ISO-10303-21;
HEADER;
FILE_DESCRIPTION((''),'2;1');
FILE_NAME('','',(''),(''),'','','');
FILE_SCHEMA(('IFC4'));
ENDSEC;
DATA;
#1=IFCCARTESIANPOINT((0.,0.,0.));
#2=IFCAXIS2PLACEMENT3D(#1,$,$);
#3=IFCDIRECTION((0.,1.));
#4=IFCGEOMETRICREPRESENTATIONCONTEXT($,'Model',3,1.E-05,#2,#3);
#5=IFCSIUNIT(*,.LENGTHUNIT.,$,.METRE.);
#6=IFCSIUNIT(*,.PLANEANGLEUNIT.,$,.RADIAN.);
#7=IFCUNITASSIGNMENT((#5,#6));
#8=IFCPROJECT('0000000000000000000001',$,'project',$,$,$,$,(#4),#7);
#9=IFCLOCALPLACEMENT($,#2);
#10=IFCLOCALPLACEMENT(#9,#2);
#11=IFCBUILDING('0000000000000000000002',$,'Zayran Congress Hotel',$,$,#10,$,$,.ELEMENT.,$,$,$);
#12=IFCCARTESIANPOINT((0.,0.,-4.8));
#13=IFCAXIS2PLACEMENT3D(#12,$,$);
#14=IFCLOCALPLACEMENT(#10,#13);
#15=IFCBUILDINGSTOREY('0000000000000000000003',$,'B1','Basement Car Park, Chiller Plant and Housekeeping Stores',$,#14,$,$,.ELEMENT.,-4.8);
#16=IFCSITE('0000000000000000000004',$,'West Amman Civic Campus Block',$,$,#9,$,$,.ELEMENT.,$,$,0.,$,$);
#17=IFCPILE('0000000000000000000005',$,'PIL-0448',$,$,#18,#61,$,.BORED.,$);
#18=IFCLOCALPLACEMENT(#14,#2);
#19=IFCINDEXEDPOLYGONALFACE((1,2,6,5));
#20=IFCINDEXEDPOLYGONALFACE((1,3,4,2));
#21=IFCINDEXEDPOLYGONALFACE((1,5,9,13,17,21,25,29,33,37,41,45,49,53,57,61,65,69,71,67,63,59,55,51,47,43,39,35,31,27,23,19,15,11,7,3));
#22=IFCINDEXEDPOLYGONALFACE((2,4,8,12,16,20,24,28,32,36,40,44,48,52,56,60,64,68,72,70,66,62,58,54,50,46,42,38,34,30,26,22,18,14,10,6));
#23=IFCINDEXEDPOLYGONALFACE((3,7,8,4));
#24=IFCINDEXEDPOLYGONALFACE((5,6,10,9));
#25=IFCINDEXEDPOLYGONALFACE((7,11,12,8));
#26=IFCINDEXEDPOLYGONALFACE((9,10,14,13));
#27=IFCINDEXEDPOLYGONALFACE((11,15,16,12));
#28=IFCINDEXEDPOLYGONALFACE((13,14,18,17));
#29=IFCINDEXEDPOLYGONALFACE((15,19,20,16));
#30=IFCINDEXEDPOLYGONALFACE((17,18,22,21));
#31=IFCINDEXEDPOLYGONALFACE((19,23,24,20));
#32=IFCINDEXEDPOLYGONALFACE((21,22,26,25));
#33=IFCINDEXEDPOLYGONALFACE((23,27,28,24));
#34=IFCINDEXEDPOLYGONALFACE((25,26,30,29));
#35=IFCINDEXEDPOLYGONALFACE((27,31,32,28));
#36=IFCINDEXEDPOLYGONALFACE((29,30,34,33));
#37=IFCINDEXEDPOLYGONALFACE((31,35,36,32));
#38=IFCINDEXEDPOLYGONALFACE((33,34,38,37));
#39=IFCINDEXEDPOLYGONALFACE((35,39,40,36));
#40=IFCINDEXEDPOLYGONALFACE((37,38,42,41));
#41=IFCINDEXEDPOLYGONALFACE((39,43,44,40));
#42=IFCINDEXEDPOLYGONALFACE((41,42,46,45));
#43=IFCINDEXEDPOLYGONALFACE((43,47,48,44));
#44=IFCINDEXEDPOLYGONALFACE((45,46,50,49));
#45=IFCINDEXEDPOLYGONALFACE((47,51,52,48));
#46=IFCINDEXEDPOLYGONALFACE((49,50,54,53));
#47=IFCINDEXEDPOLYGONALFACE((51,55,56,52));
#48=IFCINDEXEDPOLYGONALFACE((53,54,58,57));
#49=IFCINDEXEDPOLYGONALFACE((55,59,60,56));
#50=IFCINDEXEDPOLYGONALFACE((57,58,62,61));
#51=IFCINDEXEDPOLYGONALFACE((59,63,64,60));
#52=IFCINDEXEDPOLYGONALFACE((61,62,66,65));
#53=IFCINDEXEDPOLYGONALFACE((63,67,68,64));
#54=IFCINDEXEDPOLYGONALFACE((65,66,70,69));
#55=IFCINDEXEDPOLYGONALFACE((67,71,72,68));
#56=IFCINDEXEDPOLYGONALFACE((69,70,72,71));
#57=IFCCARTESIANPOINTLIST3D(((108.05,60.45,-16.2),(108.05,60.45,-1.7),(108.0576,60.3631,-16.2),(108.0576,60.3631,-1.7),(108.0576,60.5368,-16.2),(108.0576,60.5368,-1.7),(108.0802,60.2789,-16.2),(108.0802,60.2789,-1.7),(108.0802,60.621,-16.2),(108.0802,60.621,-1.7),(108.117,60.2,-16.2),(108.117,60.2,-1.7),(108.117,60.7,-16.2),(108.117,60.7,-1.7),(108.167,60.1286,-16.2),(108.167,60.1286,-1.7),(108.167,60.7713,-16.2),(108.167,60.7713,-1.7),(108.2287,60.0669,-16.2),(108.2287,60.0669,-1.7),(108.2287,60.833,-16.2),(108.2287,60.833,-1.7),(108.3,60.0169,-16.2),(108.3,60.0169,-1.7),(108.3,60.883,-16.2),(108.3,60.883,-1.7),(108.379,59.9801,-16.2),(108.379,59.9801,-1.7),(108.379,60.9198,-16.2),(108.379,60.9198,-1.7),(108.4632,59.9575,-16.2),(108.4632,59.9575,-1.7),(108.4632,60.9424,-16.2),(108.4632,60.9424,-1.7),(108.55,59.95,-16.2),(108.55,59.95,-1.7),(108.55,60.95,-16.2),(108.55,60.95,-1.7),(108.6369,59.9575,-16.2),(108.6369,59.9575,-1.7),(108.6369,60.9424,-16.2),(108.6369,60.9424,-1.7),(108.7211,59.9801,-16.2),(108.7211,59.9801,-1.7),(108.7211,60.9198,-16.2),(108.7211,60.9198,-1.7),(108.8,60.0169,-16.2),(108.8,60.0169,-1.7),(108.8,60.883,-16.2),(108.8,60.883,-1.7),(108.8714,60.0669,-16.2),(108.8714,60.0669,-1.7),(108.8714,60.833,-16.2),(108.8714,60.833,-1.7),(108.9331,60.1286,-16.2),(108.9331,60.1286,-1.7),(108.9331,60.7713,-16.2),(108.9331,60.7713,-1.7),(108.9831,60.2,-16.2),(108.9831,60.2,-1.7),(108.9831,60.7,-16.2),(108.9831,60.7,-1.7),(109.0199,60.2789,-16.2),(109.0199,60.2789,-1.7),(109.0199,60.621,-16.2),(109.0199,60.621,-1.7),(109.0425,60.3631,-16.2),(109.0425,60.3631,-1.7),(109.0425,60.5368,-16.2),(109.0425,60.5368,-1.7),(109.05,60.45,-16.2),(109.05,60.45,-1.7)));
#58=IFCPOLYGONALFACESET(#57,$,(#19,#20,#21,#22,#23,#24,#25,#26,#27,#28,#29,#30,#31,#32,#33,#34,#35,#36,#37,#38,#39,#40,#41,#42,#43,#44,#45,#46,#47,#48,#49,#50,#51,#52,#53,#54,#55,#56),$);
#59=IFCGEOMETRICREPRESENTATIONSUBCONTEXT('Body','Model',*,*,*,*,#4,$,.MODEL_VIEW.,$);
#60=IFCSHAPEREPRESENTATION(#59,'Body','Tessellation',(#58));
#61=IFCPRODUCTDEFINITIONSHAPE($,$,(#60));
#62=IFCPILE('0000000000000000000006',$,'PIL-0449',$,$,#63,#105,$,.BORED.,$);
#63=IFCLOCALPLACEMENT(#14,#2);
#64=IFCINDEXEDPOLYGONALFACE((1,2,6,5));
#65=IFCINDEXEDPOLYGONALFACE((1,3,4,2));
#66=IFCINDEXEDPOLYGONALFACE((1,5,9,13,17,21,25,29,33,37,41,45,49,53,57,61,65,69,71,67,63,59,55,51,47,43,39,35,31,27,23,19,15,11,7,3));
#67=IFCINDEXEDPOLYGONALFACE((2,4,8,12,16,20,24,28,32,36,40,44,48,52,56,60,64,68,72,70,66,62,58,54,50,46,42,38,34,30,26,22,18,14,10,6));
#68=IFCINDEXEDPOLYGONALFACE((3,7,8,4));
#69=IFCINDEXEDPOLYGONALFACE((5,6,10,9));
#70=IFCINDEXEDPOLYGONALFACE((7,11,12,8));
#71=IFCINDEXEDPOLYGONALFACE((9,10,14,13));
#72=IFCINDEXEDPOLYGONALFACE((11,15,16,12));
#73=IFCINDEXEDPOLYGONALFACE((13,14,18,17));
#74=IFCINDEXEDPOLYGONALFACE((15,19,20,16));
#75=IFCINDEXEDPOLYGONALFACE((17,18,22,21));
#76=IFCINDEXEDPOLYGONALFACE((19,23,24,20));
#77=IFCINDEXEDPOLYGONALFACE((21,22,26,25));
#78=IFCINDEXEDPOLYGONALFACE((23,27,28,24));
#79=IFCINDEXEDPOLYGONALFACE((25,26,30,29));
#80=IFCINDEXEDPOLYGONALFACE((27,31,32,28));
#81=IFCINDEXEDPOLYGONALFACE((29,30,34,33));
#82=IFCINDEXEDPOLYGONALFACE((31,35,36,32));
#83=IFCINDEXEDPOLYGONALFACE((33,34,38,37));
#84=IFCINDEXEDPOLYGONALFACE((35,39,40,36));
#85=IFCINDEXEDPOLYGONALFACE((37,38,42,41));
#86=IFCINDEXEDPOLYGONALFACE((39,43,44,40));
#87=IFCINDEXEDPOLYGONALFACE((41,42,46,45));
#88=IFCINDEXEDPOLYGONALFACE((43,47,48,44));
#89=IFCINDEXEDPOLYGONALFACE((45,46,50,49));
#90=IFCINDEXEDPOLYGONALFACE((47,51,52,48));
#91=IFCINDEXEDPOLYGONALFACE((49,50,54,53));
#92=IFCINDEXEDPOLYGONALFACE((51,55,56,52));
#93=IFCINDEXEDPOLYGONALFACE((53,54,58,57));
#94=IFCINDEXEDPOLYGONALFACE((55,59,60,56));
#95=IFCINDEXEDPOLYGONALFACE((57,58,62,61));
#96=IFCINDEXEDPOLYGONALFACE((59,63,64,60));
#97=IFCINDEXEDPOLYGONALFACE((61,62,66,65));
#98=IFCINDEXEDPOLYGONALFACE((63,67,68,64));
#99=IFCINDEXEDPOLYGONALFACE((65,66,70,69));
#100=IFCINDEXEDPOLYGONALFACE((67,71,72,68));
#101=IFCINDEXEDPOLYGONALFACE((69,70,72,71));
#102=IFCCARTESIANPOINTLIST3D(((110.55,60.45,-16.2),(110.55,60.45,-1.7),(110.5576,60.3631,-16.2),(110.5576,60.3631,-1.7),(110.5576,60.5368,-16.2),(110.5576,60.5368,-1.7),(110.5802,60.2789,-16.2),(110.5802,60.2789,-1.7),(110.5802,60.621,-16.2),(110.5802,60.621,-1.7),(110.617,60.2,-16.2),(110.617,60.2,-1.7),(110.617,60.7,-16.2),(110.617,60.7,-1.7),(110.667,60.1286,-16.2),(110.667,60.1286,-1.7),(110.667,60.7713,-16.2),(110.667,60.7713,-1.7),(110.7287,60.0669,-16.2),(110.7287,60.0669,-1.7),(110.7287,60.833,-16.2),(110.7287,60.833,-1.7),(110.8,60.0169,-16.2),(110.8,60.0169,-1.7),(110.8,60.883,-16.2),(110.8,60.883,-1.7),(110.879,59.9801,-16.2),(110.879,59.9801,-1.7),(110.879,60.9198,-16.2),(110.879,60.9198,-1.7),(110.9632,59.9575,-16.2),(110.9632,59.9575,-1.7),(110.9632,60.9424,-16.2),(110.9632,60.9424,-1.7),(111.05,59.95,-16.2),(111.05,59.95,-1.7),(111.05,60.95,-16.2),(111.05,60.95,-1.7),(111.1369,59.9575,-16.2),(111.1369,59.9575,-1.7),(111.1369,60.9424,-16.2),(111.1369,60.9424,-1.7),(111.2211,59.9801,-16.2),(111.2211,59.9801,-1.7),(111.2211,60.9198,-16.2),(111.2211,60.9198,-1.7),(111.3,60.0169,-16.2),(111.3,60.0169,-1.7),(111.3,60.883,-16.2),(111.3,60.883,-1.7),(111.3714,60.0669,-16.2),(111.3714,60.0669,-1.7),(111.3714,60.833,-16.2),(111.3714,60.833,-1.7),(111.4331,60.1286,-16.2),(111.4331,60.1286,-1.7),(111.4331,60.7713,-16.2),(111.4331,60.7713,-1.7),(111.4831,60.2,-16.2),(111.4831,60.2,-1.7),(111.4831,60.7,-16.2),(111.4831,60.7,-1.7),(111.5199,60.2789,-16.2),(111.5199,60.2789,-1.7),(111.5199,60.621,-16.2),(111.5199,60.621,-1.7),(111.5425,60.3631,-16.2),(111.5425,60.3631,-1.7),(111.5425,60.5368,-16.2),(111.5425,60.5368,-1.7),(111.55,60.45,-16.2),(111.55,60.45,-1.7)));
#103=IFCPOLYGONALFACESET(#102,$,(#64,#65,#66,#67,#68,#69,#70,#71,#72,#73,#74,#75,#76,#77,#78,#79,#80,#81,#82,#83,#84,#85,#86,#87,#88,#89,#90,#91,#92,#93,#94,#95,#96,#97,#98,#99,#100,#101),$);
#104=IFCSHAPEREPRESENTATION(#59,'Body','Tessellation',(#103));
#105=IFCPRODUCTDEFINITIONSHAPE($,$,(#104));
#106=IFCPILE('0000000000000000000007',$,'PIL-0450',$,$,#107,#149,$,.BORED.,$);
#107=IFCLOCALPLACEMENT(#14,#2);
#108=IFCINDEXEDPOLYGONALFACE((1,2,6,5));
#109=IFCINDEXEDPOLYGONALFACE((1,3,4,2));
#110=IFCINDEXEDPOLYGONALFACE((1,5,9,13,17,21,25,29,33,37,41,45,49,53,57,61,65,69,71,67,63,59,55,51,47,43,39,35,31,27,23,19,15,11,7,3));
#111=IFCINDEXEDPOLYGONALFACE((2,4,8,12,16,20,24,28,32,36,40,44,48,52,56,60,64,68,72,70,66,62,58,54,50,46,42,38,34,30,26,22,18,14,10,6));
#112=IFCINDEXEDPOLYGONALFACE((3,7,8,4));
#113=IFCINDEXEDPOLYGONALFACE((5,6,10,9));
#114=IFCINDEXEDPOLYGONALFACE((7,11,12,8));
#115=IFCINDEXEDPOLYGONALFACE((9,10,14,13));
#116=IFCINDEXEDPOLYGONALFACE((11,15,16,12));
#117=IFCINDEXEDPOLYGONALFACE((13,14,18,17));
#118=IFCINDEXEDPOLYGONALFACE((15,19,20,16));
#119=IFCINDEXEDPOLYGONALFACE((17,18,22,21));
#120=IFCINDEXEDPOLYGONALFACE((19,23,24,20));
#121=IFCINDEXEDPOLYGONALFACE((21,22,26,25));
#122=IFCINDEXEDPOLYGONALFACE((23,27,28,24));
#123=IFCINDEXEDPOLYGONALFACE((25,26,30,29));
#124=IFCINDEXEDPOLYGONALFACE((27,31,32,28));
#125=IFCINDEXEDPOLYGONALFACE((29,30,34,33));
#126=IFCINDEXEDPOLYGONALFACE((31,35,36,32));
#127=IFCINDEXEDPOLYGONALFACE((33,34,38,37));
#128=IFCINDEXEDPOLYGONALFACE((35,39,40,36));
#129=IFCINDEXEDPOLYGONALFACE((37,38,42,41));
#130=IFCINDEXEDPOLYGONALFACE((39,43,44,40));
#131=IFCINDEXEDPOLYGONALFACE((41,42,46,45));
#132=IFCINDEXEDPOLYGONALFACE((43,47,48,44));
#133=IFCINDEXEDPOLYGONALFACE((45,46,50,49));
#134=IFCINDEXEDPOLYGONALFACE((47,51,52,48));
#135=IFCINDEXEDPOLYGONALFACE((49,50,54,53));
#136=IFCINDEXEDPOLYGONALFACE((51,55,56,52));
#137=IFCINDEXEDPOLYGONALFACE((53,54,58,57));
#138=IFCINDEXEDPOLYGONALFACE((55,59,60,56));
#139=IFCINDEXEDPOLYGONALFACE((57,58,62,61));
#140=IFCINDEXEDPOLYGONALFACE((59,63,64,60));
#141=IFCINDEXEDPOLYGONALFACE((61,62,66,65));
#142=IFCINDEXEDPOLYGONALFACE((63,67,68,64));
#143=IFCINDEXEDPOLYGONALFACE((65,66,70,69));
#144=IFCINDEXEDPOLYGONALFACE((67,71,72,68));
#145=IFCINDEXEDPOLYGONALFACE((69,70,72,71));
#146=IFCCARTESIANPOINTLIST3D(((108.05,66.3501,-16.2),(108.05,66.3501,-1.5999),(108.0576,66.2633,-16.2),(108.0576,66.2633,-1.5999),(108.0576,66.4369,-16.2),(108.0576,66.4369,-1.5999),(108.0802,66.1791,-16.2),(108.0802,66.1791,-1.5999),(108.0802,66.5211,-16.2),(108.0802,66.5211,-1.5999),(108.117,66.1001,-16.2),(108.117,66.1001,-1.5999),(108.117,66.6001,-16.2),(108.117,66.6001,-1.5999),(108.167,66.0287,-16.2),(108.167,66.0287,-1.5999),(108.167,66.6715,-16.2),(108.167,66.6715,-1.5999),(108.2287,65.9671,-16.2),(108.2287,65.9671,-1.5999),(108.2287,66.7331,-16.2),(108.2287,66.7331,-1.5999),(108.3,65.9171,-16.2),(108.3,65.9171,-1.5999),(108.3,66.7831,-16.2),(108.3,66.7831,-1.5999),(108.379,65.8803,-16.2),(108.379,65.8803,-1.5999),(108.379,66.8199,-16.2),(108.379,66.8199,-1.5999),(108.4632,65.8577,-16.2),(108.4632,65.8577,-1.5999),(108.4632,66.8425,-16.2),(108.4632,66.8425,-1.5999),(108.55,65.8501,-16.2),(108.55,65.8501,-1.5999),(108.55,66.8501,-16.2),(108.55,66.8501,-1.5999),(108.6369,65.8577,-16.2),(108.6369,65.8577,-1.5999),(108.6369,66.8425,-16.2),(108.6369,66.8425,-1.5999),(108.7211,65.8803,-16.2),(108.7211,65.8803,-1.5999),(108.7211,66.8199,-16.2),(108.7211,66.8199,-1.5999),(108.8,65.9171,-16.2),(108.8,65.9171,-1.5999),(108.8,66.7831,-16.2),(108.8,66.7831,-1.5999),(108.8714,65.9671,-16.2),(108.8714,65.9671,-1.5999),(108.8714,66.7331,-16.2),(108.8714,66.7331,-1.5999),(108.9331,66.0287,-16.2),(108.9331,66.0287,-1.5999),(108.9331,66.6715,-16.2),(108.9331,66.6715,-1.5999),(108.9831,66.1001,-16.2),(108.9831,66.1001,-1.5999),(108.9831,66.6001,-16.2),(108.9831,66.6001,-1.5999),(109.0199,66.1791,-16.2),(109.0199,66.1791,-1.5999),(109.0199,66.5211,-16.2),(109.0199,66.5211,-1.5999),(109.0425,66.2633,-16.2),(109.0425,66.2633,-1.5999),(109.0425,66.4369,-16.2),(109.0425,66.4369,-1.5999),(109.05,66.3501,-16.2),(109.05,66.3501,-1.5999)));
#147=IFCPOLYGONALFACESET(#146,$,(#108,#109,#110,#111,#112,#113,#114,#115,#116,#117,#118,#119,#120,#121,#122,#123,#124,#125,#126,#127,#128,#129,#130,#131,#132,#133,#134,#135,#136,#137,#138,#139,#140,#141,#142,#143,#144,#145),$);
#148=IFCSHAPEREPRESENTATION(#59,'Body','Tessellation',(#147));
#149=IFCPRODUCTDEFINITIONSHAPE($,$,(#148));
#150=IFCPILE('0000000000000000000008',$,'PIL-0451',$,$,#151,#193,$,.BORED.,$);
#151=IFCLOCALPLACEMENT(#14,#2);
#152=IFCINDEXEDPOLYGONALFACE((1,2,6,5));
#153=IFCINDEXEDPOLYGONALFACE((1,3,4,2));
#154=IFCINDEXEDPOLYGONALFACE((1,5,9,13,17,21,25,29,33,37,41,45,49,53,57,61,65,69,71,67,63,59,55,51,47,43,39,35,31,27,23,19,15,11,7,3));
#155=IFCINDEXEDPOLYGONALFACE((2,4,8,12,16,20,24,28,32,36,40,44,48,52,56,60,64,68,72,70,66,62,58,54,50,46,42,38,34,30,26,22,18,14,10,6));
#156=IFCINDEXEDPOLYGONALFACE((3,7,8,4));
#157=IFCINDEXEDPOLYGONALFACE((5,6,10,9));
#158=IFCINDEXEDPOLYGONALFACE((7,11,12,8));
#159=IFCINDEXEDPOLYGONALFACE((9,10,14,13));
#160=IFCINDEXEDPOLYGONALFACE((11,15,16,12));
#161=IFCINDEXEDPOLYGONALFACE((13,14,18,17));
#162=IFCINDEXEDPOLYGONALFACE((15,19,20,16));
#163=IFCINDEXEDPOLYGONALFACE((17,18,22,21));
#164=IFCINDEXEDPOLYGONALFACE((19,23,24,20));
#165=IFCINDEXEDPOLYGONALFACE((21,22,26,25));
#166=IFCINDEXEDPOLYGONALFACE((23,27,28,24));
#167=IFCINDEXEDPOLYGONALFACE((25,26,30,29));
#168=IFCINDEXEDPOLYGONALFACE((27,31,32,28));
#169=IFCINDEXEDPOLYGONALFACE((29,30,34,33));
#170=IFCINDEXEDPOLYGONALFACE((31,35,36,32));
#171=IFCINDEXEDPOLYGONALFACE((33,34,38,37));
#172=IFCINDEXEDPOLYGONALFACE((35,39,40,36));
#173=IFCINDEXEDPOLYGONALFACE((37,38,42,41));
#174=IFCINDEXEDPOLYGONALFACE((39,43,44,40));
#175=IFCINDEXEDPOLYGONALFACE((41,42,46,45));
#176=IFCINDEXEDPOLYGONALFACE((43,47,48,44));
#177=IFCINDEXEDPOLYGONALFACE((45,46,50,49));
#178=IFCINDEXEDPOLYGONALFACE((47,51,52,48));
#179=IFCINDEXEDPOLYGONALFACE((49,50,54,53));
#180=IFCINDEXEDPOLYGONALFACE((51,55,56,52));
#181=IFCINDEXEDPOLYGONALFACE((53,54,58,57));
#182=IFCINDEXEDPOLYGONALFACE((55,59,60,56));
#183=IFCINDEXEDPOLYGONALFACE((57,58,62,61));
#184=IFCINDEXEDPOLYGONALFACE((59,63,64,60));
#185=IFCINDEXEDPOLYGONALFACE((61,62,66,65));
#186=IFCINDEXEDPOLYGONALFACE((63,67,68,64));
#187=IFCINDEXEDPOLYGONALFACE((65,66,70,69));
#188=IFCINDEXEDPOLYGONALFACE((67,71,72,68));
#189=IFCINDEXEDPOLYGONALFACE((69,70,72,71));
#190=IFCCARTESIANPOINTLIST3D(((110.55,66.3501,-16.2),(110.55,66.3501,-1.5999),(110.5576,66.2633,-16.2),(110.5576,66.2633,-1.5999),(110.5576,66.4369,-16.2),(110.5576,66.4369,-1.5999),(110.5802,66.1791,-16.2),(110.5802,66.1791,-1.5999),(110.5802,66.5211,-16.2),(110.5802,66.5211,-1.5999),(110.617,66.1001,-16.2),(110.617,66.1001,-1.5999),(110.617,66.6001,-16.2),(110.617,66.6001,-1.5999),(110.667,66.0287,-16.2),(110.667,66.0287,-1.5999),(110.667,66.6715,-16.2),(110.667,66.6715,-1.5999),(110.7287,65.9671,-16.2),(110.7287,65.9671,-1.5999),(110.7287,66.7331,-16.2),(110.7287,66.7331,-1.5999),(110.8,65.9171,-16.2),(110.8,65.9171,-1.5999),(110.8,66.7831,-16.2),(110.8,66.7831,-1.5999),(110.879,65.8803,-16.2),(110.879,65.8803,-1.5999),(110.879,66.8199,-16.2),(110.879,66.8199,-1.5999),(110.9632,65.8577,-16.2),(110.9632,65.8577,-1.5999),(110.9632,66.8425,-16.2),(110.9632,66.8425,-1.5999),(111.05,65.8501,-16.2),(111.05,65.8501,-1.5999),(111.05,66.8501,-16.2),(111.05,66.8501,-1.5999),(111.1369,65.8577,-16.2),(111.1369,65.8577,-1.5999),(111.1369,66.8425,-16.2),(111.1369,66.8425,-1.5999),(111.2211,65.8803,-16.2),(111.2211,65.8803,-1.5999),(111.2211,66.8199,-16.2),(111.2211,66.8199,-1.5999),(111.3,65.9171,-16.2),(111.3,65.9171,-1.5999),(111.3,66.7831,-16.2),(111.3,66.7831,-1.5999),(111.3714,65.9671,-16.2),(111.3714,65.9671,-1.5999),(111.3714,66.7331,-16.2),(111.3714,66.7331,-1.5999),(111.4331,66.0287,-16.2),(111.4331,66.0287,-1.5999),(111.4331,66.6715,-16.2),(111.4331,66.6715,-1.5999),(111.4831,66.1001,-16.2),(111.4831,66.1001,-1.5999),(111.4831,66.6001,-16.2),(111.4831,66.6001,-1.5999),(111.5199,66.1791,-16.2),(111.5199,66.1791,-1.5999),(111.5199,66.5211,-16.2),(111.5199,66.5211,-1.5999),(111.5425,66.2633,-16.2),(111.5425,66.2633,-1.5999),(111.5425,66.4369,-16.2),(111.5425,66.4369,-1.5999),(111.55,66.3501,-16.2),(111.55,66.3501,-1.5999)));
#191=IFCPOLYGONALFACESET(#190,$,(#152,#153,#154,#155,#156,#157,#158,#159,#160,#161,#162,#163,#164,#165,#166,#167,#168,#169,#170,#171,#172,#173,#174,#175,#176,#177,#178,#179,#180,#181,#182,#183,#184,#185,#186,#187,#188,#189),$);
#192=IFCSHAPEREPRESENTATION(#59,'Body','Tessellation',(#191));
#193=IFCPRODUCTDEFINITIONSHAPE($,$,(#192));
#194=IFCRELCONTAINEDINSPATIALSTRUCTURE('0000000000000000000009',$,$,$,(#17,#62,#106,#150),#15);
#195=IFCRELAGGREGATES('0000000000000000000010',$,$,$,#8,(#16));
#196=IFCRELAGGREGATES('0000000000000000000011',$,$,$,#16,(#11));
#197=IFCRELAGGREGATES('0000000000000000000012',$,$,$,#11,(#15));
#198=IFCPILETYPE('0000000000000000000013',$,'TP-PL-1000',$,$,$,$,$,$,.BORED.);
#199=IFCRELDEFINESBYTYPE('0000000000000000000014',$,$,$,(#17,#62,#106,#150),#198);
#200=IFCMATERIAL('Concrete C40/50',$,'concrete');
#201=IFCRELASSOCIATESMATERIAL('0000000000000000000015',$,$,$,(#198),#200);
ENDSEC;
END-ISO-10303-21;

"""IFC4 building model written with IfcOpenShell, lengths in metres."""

from ifc_helpers import new_model, si_unit, direction, frame, origin, origin_2d, place, context, subcontext, project, spatial, circle, extrude, material, material_profile, profile_set, type_object, element, save


model = new_model("IFC4")

# Units and contexts
model_context = context("Model", 3, precision=1e-05, world=origin(), true_north=direction((0.0, 1.0)))
body_context = subcontext(model_context, "Body", "Model", "MODEL_VIEW")
ifc_project = project(units=[si_unit("LENGTHUNIT", "METRE"), si_unit("PLANEANGLEUNIT", "RADIAN")], contexts=[model_context])

# Site, building, storey
site_placement = place(None, origin())
site = spatial("IfcSite", under=ifc_project, at=site_placement, Name="West Amman Civic Campus Block", CompositionType="ELEMENT", RefElevation=0.0)
building_placement = place(site_placement, origin())
building = spatial("IfcBuilding", under=site, at=building_placement, Name="Zayran Congress Hotel", CompositionType="ELEMENT")
storey_placement = place(building_placement, frame((0.0, 0.0, -4.8)))
storey = spatial("IfcBuildingStorey", under=building, at=storey_placement, Name="B1", Description="Basement Car Park, Chiller Plant and Housekeeping Stores", CompositionType="ELEMENT", Elevation=-4.8)

# Piles
ifc_material_1 = material(Name="Concrete C40/50", Category="concrete")
ifc_material_profile_1 = material_profile(ifc_material_1, circle(Radius=0.5, at=origin_2d()), Name="PILE D1000")
ifc_profile_set_1 = profile_set([ifc_material_profile_1], Name="Concrete C40/50")
pile_type_1 = type_object("IfcPileType", Name="TP-PL-1000", PredefinedType="BORED", material=ifc_profile_set_1)
for number, where, z_axis, x_axis, name in (
    (1, (108.55, 60.45, -1.7), (0.0, 0.0, -1.0), (1.0, 0.0, 0.0), "PIL-0448"),
    (2, (111.05, 60.45, -1.7), (0.0, 0.0, -1.0), (1.0, 0.0, 0.0), "PIL-0449"),
):
    element("IfcPile", number, at=place(storey_placement, frame(where, z_axis=z_axis, x_axis=x_axis)), inside=storey, type_object=pile_type_1, Name=name, PredefinedType="BORED", context=body_context, shape_type="SweptSolid", body=[
        extrude(circle(Radius=0.5, at=origin_2d()), origin(), (0.0, 0.0, 1.0), 14.5),
    ])
for number, where, z_axis, x_axis, name in (
    (3, (108.55, 66.3501, -1.5999), (0.0, 0.0, -1.0), (1.0, 0.0, 0.0), "PIL-0450"),
    (4, (111.05, 66.3501, -1.5999), (0.0, 0.0, -1.0), (1.0, 0.0, 0.0), "PIL-0451"),
):
    element("IfcPile", number, at=place(storey_placement, frame(where, z_axis=z_axis, x_axis=x_axis)), inside=storey, type_object=pile_type_1, Name=name, PredefinedType="BORED", context=body_context, shape_type="SweptSolid", body=[
        extrude(circle(Radius=0.5, at=origin_2d()), origin(), (0.0, 0.0, 1.0), 14.6001),
    ])

save(model, "model.ifc")
